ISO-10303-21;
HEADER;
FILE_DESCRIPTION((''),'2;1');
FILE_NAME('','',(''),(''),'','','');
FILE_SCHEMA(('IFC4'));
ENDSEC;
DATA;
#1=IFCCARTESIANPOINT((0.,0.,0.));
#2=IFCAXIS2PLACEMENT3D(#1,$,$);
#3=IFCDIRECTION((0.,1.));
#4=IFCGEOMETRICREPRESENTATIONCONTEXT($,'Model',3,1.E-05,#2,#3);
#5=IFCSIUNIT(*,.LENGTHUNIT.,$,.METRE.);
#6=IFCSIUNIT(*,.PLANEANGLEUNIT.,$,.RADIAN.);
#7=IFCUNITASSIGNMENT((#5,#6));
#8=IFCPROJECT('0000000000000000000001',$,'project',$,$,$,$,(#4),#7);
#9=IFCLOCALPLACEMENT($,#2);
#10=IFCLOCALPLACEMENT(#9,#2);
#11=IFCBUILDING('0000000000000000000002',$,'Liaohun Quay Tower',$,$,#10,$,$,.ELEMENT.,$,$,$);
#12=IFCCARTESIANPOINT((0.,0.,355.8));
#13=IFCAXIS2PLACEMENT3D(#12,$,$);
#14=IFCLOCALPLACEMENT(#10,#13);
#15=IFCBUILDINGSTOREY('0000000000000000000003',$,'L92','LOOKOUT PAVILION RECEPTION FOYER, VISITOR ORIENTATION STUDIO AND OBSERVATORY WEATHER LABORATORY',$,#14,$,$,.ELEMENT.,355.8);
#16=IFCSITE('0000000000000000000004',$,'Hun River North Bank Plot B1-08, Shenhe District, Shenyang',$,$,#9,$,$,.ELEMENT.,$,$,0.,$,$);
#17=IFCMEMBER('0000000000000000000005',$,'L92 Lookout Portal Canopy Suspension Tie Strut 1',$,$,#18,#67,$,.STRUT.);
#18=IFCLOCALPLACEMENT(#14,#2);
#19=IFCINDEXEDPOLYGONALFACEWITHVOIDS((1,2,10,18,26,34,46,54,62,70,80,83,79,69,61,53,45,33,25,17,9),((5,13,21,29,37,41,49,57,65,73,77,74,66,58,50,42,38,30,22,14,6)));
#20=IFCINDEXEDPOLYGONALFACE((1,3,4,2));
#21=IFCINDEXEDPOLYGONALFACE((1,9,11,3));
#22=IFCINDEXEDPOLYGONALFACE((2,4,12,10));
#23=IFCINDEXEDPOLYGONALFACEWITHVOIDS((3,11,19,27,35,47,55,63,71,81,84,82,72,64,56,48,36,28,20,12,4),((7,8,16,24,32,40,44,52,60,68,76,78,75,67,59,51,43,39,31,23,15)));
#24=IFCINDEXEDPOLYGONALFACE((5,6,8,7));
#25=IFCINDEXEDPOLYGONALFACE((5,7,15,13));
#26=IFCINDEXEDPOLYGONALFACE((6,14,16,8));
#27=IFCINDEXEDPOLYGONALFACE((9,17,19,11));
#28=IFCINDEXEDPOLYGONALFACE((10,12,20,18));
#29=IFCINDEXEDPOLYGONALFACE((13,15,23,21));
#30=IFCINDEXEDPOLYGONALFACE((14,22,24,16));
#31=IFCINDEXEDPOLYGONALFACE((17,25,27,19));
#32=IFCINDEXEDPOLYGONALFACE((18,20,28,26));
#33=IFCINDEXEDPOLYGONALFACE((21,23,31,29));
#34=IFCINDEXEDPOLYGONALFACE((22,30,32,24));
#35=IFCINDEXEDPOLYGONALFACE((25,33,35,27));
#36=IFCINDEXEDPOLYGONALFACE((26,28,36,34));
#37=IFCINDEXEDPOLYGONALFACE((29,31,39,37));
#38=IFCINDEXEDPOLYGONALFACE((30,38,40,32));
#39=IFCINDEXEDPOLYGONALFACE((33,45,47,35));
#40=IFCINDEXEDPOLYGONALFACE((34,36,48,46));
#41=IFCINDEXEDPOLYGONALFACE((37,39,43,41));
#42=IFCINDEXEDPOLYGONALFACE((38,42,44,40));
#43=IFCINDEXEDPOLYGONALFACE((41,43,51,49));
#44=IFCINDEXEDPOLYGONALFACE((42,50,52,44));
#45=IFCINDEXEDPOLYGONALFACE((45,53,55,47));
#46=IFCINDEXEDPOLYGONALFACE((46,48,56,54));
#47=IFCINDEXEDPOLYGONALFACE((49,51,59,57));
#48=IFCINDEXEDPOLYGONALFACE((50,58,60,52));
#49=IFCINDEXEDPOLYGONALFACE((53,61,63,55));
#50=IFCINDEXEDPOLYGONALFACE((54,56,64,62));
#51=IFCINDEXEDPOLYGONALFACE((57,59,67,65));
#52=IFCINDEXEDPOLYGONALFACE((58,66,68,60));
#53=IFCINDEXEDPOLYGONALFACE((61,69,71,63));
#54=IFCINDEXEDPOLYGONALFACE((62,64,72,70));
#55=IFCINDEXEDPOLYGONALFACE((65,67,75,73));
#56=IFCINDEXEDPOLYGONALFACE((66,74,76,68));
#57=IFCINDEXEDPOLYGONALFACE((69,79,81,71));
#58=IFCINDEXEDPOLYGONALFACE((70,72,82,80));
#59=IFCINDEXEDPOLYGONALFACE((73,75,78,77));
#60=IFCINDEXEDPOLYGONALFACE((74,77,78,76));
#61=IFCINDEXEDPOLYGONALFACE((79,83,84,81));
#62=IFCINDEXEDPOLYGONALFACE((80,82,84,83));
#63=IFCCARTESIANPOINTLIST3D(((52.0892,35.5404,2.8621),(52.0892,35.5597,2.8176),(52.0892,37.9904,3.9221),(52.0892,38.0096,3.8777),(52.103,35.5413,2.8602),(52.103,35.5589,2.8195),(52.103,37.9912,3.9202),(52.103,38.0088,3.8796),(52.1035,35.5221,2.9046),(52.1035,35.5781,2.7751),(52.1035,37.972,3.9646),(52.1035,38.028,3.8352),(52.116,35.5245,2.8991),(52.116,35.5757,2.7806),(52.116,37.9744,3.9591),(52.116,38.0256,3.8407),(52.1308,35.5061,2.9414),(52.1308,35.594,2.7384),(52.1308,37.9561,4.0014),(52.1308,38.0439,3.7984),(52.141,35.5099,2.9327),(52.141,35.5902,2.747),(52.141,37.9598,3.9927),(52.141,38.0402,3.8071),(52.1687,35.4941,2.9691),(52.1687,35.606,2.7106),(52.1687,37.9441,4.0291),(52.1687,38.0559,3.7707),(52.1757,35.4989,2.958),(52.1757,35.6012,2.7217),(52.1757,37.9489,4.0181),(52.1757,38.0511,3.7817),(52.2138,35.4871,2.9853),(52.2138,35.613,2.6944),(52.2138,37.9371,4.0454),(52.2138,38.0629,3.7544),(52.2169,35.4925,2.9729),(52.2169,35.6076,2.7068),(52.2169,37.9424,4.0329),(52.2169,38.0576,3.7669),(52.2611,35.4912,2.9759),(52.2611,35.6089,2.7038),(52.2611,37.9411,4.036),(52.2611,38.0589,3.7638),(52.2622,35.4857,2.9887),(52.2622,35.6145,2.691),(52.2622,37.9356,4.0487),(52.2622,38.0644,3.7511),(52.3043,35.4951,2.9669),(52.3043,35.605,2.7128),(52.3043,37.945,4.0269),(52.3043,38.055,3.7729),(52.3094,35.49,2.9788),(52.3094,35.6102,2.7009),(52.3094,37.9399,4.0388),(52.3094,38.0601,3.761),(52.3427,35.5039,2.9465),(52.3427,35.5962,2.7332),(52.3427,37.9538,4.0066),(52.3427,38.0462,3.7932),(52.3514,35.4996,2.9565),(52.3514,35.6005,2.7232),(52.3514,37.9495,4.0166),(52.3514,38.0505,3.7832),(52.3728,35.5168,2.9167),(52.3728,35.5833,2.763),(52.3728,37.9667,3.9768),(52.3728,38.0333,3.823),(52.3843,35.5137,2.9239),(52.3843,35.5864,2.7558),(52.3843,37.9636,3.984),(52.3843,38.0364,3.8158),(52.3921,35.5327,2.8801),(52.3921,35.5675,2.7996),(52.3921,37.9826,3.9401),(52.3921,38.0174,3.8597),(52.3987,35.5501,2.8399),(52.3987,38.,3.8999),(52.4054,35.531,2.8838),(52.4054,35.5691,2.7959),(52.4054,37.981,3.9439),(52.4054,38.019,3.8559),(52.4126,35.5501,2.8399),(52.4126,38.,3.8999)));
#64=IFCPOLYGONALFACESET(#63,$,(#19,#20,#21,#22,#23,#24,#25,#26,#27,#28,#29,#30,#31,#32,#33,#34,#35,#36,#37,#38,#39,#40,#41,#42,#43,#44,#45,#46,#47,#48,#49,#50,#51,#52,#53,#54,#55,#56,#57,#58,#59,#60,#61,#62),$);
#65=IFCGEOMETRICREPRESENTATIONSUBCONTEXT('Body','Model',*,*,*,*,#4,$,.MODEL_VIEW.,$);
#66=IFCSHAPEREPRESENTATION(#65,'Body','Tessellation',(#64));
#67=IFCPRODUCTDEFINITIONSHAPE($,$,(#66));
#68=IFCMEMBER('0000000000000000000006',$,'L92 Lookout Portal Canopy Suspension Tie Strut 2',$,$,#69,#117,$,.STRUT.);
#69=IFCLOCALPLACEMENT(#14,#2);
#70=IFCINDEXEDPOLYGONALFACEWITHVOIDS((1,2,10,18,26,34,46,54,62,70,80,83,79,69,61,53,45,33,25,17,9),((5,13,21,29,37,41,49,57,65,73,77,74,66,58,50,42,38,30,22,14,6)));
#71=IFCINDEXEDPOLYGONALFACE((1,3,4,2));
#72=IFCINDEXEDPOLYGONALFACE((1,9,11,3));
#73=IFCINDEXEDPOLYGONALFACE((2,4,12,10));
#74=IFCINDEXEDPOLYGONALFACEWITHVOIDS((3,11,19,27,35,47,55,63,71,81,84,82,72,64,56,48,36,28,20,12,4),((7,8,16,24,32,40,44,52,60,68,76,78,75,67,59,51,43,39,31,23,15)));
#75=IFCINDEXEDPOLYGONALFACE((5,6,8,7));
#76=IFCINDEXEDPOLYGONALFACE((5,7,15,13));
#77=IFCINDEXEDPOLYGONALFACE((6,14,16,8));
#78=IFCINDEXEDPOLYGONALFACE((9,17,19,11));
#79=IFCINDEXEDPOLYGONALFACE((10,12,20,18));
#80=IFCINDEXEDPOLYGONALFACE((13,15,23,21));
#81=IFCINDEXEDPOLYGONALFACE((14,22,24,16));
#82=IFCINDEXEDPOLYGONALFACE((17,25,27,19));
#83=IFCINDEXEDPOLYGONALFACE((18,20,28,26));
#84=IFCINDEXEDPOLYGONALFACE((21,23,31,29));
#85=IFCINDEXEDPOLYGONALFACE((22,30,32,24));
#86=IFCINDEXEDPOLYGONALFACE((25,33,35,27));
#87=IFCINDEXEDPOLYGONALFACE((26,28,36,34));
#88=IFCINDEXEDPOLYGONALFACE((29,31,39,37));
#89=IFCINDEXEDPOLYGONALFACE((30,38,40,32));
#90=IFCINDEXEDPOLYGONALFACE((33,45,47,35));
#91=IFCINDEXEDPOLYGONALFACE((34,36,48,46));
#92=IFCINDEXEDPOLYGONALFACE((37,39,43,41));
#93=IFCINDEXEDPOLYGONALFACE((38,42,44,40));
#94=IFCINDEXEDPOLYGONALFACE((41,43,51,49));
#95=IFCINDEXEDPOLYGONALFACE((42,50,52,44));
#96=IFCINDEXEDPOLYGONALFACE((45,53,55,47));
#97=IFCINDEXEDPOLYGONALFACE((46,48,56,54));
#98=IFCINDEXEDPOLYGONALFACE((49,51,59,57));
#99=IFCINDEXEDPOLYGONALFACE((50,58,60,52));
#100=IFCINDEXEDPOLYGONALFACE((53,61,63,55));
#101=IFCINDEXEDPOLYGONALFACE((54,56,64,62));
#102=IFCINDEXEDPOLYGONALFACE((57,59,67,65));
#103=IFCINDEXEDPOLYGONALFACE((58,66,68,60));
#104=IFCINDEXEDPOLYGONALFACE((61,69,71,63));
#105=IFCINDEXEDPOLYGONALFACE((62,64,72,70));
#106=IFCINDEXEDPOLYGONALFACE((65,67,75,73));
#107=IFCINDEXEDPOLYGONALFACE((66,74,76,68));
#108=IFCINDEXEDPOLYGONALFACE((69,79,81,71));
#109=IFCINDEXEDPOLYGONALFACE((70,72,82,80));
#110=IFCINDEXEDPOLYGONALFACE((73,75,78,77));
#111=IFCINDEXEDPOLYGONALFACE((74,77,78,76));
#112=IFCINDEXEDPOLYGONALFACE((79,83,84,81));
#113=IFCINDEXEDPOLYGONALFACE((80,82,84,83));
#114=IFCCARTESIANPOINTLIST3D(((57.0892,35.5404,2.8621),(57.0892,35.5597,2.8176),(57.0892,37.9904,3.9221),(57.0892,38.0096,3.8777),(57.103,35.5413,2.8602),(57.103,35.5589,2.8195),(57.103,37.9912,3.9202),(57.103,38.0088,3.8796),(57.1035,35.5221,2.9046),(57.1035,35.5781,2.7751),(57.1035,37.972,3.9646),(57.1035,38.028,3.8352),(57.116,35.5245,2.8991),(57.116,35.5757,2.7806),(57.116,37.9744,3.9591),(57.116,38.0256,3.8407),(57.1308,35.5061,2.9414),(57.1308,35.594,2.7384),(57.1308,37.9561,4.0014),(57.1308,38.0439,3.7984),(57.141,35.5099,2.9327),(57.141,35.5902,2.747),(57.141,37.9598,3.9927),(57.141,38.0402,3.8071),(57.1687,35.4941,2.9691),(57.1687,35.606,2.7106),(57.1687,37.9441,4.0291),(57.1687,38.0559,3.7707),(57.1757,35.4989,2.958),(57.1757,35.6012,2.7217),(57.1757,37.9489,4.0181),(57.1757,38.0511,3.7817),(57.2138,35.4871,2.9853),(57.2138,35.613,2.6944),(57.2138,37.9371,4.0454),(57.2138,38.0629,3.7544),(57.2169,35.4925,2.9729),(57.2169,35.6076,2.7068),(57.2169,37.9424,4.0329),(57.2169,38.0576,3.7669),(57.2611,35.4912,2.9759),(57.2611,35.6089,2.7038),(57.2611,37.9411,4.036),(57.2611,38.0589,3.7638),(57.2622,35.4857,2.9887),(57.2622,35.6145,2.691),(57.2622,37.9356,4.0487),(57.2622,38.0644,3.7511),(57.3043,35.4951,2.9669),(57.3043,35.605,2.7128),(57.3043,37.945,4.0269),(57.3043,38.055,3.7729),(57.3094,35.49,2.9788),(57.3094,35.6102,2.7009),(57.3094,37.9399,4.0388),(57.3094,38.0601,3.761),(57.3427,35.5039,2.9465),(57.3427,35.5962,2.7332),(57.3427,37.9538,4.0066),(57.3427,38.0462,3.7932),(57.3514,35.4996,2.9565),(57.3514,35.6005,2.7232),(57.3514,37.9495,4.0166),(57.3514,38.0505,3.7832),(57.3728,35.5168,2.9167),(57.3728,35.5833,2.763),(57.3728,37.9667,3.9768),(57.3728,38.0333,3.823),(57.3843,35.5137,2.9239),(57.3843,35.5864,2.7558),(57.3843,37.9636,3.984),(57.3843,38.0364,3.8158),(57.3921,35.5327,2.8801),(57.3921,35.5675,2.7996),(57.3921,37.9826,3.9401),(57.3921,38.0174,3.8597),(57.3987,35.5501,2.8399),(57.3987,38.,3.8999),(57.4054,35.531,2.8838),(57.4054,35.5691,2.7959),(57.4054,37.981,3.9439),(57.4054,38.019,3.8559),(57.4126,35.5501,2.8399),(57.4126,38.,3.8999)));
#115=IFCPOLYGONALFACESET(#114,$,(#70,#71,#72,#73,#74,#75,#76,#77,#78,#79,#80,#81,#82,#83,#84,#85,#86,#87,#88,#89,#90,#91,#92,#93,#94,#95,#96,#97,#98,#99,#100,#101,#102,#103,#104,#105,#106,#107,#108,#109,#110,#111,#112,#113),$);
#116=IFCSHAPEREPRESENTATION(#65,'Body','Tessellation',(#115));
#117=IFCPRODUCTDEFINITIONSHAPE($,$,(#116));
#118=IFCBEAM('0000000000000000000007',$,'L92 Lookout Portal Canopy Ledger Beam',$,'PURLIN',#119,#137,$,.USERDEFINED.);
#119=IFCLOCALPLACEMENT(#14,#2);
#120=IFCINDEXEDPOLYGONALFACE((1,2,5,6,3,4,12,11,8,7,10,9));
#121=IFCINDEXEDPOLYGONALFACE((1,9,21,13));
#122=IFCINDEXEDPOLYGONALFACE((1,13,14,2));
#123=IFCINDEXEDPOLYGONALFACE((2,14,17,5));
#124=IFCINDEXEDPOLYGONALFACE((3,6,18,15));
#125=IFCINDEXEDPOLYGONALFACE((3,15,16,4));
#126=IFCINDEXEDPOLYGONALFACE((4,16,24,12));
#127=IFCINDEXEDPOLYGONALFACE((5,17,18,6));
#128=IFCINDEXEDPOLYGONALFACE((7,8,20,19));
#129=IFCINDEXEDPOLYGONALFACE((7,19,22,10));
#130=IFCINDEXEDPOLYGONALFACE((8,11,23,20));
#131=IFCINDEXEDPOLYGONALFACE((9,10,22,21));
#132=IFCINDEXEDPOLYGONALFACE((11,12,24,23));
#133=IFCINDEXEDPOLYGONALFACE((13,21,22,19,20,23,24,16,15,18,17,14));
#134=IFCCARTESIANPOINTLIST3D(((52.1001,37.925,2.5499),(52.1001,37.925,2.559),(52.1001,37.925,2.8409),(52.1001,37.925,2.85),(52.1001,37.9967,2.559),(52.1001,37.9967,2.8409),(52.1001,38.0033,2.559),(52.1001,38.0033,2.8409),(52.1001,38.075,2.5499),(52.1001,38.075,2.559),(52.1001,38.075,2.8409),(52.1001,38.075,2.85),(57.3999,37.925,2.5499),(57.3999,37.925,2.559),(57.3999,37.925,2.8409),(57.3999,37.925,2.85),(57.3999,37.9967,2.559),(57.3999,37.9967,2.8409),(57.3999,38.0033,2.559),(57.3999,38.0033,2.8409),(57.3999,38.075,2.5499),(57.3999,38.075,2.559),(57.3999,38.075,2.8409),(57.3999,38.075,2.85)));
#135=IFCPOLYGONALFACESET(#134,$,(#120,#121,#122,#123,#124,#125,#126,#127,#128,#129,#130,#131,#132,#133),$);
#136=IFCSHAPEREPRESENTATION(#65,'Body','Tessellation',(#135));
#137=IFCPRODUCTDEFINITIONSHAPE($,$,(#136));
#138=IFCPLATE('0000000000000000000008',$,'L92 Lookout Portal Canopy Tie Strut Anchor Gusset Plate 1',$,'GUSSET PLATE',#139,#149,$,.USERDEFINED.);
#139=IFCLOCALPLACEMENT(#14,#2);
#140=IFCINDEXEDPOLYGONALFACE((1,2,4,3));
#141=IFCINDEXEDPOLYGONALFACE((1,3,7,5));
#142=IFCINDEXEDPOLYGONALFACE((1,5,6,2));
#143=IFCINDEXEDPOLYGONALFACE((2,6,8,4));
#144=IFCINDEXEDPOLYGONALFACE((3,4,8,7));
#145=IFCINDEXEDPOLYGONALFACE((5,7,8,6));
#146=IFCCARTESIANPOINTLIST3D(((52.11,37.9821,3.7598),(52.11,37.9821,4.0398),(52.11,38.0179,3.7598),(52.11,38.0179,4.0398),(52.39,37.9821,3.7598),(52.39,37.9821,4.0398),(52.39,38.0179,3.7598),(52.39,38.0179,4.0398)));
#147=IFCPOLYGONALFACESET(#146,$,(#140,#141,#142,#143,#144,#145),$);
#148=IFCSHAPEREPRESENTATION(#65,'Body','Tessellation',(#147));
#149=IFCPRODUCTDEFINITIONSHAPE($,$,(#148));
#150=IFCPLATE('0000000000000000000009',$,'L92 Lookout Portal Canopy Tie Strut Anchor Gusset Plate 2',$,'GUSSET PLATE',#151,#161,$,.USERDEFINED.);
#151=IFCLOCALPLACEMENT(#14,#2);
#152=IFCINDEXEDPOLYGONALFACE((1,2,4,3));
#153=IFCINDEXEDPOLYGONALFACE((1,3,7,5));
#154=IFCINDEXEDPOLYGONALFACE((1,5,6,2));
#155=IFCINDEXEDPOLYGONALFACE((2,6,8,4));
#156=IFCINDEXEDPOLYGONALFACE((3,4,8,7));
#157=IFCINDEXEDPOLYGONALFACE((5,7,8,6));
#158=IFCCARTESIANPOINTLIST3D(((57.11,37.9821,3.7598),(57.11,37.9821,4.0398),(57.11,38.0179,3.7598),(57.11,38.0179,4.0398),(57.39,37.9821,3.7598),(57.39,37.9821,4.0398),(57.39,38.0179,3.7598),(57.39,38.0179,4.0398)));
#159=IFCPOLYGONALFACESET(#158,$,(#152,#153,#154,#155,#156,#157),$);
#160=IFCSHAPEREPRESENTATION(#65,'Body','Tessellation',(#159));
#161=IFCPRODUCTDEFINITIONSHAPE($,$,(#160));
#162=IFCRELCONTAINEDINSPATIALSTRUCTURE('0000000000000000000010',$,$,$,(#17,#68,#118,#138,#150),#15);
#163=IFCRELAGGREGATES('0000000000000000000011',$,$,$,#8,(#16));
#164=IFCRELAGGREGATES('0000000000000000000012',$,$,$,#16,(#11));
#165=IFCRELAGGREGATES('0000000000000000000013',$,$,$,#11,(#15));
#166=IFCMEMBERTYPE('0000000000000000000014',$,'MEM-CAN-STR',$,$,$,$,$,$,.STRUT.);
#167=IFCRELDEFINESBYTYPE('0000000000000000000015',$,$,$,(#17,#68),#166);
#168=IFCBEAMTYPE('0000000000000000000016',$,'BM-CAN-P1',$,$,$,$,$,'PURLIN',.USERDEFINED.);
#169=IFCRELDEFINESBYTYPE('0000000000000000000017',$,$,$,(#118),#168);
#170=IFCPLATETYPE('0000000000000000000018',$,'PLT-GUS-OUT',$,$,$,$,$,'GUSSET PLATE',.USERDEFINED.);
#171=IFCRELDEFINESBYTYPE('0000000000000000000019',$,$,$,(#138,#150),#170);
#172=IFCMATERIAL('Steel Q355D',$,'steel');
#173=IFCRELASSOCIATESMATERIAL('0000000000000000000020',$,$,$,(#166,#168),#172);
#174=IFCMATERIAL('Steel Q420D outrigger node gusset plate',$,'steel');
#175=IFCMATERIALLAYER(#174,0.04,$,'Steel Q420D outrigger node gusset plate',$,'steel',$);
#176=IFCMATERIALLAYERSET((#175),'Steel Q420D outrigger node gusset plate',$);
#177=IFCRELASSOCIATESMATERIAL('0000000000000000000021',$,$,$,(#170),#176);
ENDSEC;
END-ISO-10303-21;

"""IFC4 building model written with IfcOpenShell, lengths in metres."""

from ifc_helpers import new_model, si_unit, direction, frame, origin, origin_2d, place, context, subcontext, project, spatial, rectangle, hollow_circle, i_section, extrude, source, transform, mapped, material, layer, layer_set, material_profile, profile_set, type_object, element, save


model = new_model("IFC4")

# Units and contexts
model_context = context("Model", 3, precision=1e-05, world=origin(), true_north=direction((0.0, 1.0)))
body_context = subcontext(model_context, "Body", "Model", "MODEL_VIEW")
ifc_project = project(units=[si_unit("LENGTHUNIT", "METRE"), si_unit("PLANEANGLEUNIT", "RADIAN")], contexts=[model_context])

# Site, building, storey
site_placement = place(None, origin())
site = spatial("IfcSite", under=ifc_project, at=site_placement, Name="Hun River North Bank Plot B1-08, Shenhe District, Shenyang", CompositionType="ELEMENT", RefElevation=0.0)
building_placement = place(site_placement, origin())
building = spatial("IfcBuilding", under=site, at=building_placement, Name="Liaohun Quay Tower", CompositionType="ELEMENT")
storey_placement = place(building_placement, frame((0.0, 0.0, 355.8)))
storey = spatial("IfcBuildingStorey", under=building, at=storey_placement, Name="L92", Description="LOOKOUT PAVILION RECEPTION FOYER, VISITOR ORIENTATION STUDIO AND OBSERVATORY WEATHER LABORATORY", CompositionType="ELEMENT", Elevation=355.8)

# Shared definitions
ifc_material_1 = material(Name="Steel Q355D", Category="steel")

# Members
ifc_material_profile_1 = material_profile(ifc_material_1, hollow_circle(Radius=0.1626, WallThickness=0.0139, at=origin_2d()), Name="CHS325x14")
ifc_profile_set_1 = profile_set([ifc_material_profile_1], Name="Steel Q355D")
member_type = type_object("IfcMemberType", Name="MEM-CAN-STR", PredefinedType="STRUT", material=ifc_profile_set_1)
shared_shape_1 = source(origin(), body_context, "Body", "SweptSolid", [
    extrude(hollow_circle(Radius=0.1626, WallThickness=0.0139, at=origin_2d()), origin(), (0.0, 0.0, 1.0), 2.6694),
])
for number, where, z_axis, x_axis, name in (
    (1, (52.25, 38.0, 3.8999), (0.0, -0.917772, -0.397107), (1.0, 0.0, 0.0), "L92 Lookout Portal Canopy Suspension Tie Strut 1"),
    (2, (57.25, 38.0, 3.8999), (0.0, -0.917772, -0.397107), (1.0, 0.0, 0.0), "L92 Lookout Portal Canopy Suspension Tie Strut 2"),
):
    element("IfcMember", number, at=place(storey_placement, frame(where, z_axis=z_axis, x_axis=x_axis)), inside=storey, type_object=member_type, Name=name, PredefinedType="STRUT", context=body_context, shape_type="MappedRepresentation", body=[
        mapped(shared_shape_1, transform((0.0, 0.0, 0.0), x_axis=(1.0, 0.0, 0.0), y_axis=(0.0, 1.0, 0.0), z_axis=(0.0, 0.0, 1.0), scale=1.0)),
    ])

# Beam
ifc_material_profile_2 = material_profile(ifc_material_1, i_section(OverallWidth=0.1499, OverallDepth=0.3, WebThickness=0.0066, FlangeThickness=0.009, at=origin_2d()), Name="HN300x150x6.5x9")
ifc_profile_set_2 = profile_set([ifc_material_profile_2], Name="Steel Q355D")
beam_type_1 = type_object("IfcBeamType", Name="BM-CAN-P1", ElementType="PURLIN", PredefinedType="USERDEFINED", material=ifc_profile_set_2)
shared_shape_2 = source(origin(), body_context, "Body", "SweptSolid", [
    extrude(i_section(OverallWidth=0.1499, OverallDepth=0.3, WebThickness=0.0066, FlangeThickness=0.009, at=origin_2d()), origin(), (0.0, 0.0, 1.0), 5.2998),
])
beam_1_placement = place(storey_placement, frame((52.1001, 38.0, 2.7), z_axis=(1.0, 0.0, 0.0), x_axis=(0.0, 1.0, 0.0)))
element("IfcBeam", 3, at=beam_1_placement, inside=storey, type_object=beam_type_1, Name="L92 Lookout Portal Canopy Ledger Beam", ObjectType="PURLIN", PredefinedType="USERDEFINED", context=body_context, shape_type="MappedRepresentation", body=[
    mapped(shared_shape_2, transform((0.0, 0.0, 0.0), x_axis=(1.0, 0.0, 0.0), y_axis=(0.0, 1.0, 0.0), z_axis=(0.0, 0.0, 1.0), scale=1.0)),
])

# Plates
ifc_material_2 = material(Name="Steel Q420D outrigger node gusset plate", Category="steel")
ifc_layer_1 = layer(ifc_material_2, 0.04, Name="Steel Q420D outrigger node gusset plate", Category="steel")
ifc_layer_set_1 = layer_set([ifc_layer_1], Name="Steel Q420D outrigger node gusset plate")
plate_type = type_object("IfcPlateType", Name="PLT-GUS-OUT", ElementType="GUSSET PLATE", PredefinedType="USERDEFINED", material=ifc_layer_set_1)
shared_shape_3 = source(origin(), body_context, "Body", "SweptSolid", [
    extrude(rectangle(XDim=0.28, YDim=0.0359, at=origin_2d()), origin(), (0.0, 0.0, 1.0), 0.28),
])
for number, where, z_axis, x_axis, name in (
    (4, (52.25, 38.0, 3.7598), (0.0, 0.0, 1.0), (1.0, 0.0, 0.0), "L92 Lookout Portal Canopy Tie Strut Anchor Gusset Plate 1"),
    (5, (57.25, 38.0, 3.7598), (0.0, 0.0, 1.0), (1.0, 0.0, 0.0), "L92 Lookout Portal Canopy Tie Strut Anchor Gusset Plate 2"),
):
    element("IfcPlate", number, at=place(storey_placement, frame(where, z_axis=z_axis, x_axis=x_axis)), inside=storey, type_object=plate_type, Name=name, ObjectType="GUSSET PLATE", PredefinedType="USERDEFINED", context=body_context, shape_type="MappedRepresentation", body=[
        mapped(shared_shape_3, transform((0.0, 0.0, 0.0), x_axis=(1.0, 0.0, 0.0), y_axis=(0.0, 1.0, 0.0), z_axis=(0.0, 0.0, 1.0), scale=1.0)),
    ])

save(model, "model.ifc")
